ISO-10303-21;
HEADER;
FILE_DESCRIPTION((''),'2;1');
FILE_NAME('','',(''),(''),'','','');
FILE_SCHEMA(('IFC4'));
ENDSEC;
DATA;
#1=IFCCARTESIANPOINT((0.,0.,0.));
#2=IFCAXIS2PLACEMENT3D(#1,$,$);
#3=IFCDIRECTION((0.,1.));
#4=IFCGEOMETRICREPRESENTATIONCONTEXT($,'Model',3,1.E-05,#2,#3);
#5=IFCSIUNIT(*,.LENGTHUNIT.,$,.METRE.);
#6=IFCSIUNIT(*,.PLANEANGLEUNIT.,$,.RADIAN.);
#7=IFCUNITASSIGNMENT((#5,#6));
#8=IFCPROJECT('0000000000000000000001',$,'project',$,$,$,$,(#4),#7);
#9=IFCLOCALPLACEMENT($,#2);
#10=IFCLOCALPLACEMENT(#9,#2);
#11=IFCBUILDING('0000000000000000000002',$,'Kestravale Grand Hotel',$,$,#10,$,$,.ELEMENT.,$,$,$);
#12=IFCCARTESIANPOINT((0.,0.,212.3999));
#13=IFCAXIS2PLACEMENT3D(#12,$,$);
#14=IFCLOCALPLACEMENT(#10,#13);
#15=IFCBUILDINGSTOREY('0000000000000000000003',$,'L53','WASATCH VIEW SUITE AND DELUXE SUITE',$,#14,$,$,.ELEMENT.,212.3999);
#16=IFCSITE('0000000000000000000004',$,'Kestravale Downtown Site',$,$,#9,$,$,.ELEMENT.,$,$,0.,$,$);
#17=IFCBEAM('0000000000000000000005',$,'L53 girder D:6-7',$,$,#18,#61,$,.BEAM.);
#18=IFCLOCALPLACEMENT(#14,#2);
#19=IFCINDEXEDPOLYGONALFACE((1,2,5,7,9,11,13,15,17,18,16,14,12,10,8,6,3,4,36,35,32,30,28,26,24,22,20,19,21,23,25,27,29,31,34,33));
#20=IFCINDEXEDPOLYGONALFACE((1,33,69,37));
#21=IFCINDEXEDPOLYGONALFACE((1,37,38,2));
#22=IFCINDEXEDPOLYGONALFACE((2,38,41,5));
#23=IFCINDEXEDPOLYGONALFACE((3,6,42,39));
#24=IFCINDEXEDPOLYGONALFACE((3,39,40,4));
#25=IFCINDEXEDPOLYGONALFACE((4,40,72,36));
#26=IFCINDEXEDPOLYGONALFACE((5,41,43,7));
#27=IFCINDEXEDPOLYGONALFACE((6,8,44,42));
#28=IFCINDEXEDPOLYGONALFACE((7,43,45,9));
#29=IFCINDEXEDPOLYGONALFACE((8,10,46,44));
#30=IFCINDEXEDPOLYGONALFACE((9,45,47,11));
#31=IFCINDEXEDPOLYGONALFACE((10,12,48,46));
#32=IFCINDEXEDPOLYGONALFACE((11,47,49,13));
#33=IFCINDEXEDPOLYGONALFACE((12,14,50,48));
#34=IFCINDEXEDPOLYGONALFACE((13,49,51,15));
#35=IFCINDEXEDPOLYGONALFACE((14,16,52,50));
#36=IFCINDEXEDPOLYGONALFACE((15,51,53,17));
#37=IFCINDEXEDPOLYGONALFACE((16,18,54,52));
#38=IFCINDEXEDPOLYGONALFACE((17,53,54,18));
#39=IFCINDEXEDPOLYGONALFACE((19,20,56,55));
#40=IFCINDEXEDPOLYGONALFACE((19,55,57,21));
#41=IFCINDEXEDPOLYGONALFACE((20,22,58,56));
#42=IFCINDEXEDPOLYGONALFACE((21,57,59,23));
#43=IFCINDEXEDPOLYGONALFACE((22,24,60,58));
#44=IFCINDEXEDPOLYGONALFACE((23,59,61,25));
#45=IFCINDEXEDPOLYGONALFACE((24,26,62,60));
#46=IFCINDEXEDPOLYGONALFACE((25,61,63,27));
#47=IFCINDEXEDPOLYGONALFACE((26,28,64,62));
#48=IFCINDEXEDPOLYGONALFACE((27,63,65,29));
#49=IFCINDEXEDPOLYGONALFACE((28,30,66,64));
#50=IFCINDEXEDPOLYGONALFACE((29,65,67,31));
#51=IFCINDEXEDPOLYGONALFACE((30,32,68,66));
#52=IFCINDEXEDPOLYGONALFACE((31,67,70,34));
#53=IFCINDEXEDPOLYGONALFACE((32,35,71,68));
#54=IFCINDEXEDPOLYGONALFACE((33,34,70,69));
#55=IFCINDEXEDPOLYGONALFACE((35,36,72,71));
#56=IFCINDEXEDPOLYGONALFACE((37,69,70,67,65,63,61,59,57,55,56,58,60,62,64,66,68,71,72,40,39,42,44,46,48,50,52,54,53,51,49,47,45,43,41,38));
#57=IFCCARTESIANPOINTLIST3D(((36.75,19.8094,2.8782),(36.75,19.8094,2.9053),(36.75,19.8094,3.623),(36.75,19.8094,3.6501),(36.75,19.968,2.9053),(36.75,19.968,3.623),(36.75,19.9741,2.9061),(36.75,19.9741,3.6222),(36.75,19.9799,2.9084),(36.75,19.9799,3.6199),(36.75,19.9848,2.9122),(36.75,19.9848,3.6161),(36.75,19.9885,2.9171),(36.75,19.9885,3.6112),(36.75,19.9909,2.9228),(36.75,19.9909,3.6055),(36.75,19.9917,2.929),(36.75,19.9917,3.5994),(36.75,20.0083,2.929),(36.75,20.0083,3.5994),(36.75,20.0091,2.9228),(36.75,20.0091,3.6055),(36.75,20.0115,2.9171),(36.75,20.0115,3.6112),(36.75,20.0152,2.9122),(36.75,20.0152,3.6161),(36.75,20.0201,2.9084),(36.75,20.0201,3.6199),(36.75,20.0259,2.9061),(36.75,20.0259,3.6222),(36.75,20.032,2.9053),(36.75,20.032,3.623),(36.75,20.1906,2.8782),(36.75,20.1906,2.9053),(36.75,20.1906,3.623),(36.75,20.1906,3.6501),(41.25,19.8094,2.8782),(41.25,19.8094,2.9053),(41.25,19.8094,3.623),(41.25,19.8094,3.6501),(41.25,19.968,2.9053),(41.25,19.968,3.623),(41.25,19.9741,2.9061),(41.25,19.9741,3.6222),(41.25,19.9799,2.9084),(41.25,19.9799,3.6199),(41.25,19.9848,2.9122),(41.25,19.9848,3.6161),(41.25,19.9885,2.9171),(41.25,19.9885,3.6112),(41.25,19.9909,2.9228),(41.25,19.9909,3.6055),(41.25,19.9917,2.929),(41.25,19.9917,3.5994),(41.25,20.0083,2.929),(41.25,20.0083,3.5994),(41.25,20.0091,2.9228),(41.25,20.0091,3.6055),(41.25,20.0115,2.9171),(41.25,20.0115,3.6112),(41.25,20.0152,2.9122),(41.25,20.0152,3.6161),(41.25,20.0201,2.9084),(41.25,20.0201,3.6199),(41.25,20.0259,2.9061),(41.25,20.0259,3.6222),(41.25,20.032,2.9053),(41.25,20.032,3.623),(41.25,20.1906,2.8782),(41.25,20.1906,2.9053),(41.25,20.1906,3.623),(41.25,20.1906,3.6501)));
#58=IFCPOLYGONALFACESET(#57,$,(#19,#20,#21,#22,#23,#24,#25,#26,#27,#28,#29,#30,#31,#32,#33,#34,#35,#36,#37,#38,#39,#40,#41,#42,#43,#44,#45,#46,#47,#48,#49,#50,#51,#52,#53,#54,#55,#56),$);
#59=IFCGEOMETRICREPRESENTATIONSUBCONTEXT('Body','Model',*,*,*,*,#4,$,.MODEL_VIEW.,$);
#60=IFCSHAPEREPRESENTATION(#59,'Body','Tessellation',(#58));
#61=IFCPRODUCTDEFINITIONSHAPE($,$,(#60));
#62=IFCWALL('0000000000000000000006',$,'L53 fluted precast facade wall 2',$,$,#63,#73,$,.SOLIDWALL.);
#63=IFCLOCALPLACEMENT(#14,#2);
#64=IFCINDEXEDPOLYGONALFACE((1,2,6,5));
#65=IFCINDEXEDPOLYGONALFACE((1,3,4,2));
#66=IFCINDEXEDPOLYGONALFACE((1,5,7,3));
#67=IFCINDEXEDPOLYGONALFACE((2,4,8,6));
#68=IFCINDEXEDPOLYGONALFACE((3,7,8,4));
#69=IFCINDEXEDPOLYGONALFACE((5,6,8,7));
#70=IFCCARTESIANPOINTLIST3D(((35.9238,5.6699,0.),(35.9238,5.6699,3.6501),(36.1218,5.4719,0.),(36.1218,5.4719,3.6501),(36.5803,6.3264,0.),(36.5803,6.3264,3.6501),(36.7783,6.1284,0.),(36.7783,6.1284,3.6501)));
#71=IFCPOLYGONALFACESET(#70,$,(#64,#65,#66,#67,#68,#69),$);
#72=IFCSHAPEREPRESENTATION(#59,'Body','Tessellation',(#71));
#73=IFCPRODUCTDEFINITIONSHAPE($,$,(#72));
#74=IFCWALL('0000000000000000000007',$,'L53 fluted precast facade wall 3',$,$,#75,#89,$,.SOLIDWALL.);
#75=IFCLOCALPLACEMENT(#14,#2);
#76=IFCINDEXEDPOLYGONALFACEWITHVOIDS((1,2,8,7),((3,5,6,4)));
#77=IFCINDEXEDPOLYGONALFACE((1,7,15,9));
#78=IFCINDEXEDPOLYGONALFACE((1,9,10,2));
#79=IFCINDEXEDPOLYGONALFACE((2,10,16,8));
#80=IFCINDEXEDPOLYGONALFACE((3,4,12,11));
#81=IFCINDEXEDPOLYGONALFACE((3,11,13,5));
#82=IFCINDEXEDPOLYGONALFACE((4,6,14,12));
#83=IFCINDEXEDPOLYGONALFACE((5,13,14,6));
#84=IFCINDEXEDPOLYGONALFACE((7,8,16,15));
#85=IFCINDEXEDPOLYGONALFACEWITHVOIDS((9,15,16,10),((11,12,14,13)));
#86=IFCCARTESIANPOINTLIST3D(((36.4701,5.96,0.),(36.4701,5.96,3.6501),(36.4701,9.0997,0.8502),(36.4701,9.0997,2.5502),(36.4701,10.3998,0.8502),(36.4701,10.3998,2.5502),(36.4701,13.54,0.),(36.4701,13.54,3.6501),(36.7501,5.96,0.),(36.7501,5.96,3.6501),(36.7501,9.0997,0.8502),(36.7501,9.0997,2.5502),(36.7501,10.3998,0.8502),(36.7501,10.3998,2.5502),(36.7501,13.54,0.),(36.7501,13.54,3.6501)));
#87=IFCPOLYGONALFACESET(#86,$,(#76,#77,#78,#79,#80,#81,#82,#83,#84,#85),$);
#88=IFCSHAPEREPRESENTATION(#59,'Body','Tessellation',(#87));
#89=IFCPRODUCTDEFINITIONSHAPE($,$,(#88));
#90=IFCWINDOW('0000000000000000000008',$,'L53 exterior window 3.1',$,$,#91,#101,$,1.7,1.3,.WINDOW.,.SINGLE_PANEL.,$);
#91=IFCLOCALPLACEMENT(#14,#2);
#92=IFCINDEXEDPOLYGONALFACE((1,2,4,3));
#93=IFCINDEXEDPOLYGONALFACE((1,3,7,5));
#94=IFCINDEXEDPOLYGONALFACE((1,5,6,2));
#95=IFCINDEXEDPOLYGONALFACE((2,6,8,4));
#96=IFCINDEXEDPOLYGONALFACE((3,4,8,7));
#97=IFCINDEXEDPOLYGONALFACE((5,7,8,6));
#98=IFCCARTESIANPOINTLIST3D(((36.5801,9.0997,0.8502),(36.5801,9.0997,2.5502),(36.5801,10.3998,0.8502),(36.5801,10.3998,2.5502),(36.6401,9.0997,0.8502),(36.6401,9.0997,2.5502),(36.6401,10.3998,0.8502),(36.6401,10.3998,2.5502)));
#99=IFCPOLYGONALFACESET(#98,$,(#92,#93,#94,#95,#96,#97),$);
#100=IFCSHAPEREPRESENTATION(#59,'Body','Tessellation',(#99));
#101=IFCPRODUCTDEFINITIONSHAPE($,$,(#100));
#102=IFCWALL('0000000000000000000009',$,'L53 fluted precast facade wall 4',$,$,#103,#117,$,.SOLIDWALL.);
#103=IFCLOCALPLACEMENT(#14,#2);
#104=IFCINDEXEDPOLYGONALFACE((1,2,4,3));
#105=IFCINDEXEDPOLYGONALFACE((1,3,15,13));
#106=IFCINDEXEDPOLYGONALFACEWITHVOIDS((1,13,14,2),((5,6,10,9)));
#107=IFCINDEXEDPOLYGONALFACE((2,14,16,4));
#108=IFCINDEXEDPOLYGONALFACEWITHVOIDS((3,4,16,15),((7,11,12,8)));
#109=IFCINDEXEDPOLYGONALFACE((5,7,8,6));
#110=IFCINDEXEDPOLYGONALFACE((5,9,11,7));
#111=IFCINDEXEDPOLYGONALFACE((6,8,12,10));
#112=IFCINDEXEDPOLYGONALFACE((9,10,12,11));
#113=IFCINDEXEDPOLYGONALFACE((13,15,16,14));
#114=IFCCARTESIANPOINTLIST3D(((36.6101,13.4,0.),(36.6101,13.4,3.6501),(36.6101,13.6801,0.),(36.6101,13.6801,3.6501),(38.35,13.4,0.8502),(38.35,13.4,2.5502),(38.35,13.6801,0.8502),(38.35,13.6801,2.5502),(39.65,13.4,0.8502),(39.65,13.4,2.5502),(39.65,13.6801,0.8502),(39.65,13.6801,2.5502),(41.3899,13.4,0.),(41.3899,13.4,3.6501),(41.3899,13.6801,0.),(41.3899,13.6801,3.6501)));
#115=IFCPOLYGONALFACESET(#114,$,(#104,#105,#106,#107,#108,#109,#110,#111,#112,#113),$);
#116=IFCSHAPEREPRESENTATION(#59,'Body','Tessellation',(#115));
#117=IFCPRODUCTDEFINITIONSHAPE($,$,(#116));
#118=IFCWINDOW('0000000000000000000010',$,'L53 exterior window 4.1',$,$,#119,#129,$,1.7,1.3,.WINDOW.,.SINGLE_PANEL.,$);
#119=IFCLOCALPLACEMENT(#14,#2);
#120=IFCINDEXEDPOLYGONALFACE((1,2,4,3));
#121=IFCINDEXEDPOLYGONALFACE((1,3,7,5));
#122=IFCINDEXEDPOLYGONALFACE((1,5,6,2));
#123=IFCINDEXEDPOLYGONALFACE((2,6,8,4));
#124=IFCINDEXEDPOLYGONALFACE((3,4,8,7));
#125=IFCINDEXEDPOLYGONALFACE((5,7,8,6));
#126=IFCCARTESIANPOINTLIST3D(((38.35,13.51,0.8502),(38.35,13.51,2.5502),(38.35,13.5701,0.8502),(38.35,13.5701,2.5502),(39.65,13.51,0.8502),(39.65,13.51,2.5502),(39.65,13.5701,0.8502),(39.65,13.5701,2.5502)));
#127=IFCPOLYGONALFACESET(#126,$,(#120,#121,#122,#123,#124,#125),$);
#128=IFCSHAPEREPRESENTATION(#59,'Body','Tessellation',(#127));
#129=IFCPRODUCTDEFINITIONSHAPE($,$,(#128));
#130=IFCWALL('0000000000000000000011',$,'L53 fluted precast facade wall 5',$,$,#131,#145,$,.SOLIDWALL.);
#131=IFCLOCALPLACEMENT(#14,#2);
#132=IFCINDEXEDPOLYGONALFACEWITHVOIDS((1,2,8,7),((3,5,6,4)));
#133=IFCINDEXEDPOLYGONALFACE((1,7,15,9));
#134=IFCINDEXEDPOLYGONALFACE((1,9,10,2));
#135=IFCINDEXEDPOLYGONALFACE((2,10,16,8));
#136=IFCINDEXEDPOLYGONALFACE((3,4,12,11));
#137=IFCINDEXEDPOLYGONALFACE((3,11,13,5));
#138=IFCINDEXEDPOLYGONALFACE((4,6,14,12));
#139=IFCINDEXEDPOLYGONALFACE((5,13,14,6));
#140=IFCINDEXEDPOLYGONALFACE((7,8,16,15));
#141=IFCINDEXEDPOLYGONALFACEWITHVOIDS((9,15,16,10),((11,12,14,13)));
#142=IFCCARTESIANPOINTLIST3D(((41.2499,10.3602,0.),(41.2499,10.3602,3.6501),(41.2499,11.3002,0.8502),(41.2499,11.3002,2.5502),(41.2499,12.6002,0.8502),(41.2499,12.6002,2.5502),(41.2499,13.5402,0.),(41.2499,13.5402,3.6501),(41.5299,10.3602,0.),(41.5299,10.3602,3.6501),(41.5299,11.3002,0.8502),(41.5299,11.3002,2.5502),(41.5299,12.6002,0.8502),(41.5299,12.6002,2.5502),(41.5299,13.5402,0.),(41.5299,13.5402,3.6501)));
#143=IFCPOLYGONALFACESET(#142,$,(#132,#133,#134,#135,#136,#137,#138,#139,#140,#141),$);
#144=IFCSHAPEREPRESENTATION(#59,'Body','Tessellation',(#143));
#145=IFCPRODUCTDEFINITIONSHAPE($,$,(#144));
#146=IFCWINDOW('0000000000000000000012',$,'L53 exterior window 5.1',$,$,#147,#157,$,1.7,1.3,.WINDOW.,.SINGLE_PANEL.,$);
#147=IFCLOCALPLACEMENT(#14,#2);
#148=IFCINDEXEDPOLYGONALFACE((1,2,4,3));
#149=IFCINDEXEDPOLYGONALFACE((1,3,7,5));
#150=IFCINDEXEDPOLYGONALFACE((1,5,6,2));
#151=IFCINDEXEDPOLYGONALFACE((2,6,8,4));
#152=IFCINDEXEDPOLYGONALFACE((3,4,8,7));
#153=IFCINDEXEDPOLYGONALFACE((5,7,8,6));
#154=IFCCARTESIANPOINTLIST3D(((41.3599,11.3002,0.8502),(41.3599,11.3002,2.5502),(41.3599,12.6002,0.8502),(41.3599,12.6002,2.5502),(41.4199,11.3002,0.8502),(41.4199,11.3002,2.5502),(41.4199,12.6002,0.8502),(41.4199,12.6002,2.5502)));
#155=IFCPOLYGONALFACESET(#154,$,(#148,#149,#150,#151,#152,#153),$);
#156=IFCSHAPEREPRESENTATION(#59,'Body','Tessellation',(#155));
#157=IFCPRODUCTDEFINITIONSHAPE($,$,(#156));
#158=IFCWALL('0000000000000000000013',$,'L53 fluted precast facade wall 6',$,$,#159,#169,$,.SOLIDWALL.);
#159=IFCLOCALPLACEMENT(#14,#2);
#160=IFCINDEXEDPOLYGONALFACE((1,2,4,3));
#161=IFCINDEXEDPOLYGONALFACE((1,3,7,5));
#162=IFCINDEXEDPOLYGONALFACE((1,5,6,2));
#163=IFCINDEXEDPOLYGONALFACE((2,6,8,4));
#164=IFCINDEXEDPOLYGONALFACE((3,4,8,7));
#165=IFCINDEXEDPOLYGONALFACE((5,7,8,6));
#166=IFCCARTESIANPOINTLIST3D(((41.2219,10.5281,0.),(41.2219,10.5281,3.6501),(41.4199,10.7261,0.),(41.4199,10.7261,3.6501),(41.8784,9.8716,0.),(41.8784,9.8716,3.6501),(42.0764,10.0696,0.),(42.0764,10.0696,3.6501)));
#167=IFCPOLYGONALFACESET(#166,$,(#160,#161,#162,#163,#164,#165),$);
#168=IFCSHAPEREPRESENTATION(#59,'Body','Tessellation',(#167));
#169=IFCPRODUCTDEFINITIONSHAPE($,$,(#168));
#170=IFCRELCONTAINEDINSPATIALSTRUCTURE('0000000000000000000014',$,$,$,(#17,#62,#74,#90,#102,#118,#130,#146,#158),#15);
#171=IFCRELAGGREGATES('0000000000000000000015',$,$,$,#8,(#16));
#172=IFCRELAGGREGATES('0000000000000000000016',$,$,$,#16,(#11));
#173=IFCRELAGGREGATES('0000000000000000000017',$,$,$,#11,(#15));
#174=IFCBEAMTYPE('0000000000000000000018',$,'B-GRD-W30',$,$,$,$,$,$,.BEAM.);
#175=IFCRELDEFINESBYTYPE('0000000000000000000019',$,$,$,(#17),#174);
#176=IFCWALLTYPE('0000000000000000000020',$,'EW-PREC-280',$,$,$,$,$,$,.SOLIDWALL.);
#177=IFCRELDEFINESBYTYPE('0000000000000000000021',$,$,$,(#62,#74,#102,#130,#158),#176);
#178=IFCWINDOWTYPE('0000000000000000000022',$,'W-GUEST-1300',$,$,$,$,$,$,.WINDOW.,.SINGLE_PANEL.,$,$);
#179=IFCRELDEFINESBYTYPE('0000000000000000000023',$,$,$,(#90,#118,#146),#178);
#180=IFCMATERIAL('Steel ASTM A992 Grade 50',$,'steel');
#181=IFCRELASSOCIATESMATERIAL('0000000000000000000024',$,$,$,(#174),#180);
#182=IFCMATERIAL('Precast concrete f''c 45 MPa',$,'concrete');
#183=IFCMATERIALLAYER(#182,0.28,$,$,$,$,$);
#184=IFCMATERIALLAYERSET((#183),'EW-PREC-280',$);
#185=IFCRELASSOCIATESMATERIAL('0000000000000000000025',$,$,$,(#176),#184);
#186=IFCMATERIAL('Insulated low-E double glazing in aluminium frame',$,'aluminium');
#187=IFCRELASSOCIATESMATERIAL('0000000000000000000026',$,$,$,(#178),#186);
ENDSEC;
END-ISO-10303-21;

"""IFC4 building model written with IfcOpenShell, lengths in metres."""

from ifc_helpers import new_model, si_unit, direction, frame, frame_2d, origin, origin_2d, place, context, subcontext, project, spatial, rectangle, i_section, extrude, material, layer, layer_set, material_profile, profile_set, type_object, element, fill, save


model = new_model("IFC4")

# Units and contexts
model_context = context("Model", 3, precision=1e-05, world=origin(), true_north=direction((0.0, 1.0)))
body_context = subcontext(model_context, "Body", "Model", "MODEL_VIEW")
ifc_project = project(units=[si_unit("LENGTHUNIT", "METRE"), si_unit("PLANEANGLEUNIT", "RADIAN")], contexts=[model_context])

# Site, building, storey
site_placement = place(None, origin())
site = spatial("IfcSite", under=ifc_project, at=site_placement, Name="Kestravale Downtown Site", CompositionType="ELEMENT", RefElevation=0.0)
building_placement = place(site_placement, origin())
building = spatial("IfcBuilding", under=site, at=building_placement, Name="Kestravale Grand Hotel", CompositionType="ELEMENT")
storey_placement = place(building_placement, frame((0.0, 0.0, 212.3999)))
storey = spatial("IfcBuildingStorey", under=building, at=storey_placement, Name="L53", Description="WASATCH VIEW SUITE AND DELUXE SUITE", CompositionType="ELEMENT", Elevation=212.3999)

# Beam
ifc_material_1 = material(Name="Steel ASTM A992 Grade 50", Category="steel")
ifc_material_profile_1 = material_profile(ifc_material_1, i_section(OverallWidth=0.3811, OverallDepth=0.772, WebThickness=0.0166, FlangeThickness=0.0271, FilletRadius=0.0237, at=origin_2d()))
ifc_profile_set_1 = profile_set([ifc_material_profile_1], Name="Steel ASTM A992 Grade 50")
beam_type_1 = type_object("IfcBeamType", Name="B-GRD-W30", PredefinedType="BEAM", material=ifc_profile_set_1)
beam_1_placement = place(storey_placement, frame((36.75, 20.0, 3.2642), z_axis=(1.0, 0.0, 0.0), x_axis=(0.0, 1.0, 0.0)))
element("IfcBeam", 1, at=beam_1_placement, inside=storey, type_object=beam_type_1, Name="L53 girder D:6-7", PredefinedType="BEAM", context=body_context, shape_type="SweptSolid", body=[
    extrude(i_section(OverallWidth=0.3811, OverallDepth=0.772, WebThickness=0.0166, FlangeThickness=0.0271, FilletRadius=0.0237, at=origin_2d()), origin(), (0.0, 0.0, 1.0), 4.5),
])

# Wall
ifc_material_2 = material(Name="Precast concrete f'c 45 MPa", Category="concrete")
ifc_layer_1 = layer(ifc_material_2, 0.28)
ifc_layer_set_1 = layer_set([ifc_layer_1], Name="EW-PREC-280")
wall_type_1 = type_object("IfcWallType", Name="EW-PREC-280", PredefinedType="SOLIDWALL", material=ifc_layer_set_1)
wall_1_placement = place(storey_placement, frame((36.0227, 5.5708, 0.0), z_axis=(0.0, 0.0, 1.0), x_axis=(0.707107, 0.707107, 0.0)))
element("IfcWall", 2, at=wall_1_placement, inside=storey, type_object=wall_type_1, Name="L53 fluted precast facade wall 2", PredefinedType="SOLIDWALL", context=body_context, shape_type="SweptSolid", body=[
    extrude(rectangle(XDim=0.9285, YDim=0.28, at=frame_2d((0.4644, 0.0))), origin(), (0.0, 0.0, 1.0), 3.6501),
])

# Walls, openings, windows
wall_2_placement = place(storey_placement, frame((36.6101, 5.96, 0.0), z_axis=(0.0, 0.0, 1.0), x_axis=(0.0, 1.0, 0.0)))
wall_2 = element("IfcWall", 3, at=wall_2_placement, inside=storey, type_object=wall_type_1, Name="L53 fluted precast facade wall 3", PredefinedType="SOLIDWALL", context=body_context, shape_type="SweptSolid", body=[
    extrude(rectangle(XDim=7.5801, YDim=0.28, at=frame_2d((3.79, 0.0))), origin(), (0.0, 0.0, 1.0), 3.6501),
])
opening_1_placement = place(wall_2_placement, frame((3.1399, 0.0, 0.8501)))
opening_1 = element("IfcOpeningElement", 4, at=opening_1_placement, cuts=wall_2, PredefinedType="OPENING", context=body_context, shape_type="SweptSolid", body=[
    extrude(rectangle(XDim=1.3, YDim=1.7, at=frame_2d((0.6499, 0.8501))), frame((0.0, 0.1499, 0.0), z_axis=(0.0, -1.0, 0.0), x_axis=(1.0, 0.0, 0.0)), (0.0, 0.0, 1.0), 0.3),
])
ifc_material_3 = material(Name="Insulated low-E double glazing in aluminium frame", Category="aluminium")
window_type = type_object("IfcWindowType", Name="W-GUEST-1300", PartitioningType="SINGLE_PANEL", PredefinedType="WINDOW", material=ifc_material_3)
window_1_placement = place(opening_1_placement, origin())
window_1 = element("IfcWindow", 5, at=window_1_placement, inside=storey, type_object=window_type, Name="L53 exterior window 3.1", OverallHeight=1.7, OverallWidth=1.3, PartitioningType="SINGLE_PANEL", PredefinedType="WINDOW", context=body_context, shape_type="SweptSolid", body=[
    extrude(rectangle(XDim=1.3, YDim=1.7, at=frame_2d((0.6499, 0.8501))), frame((0.0, 0.03, 0.0), z_axis=(0.0, -1.0, 0.0), x_axis=(1.0, 0.0, 0.0)), (0.0, 0.0, 1.0), 0.0601),
])
fill(opening_1, window_1)
wall_3_placement = place(storey_placement, frame((36.6101, 13.54, 0.0), z_axis=(0.0, 0.0, 1.0), x_axis=(1.0, 0.0, 0.0)))
wall_3 = element("IfcWall", 6, at=wall_3_placement, inside=storey, type_object=wall_type_1, Name="L53 fluted precast facade wall 4", PredefinedType="SOLIDWALL", context=body_context, shape_type="SweptSolid", body=[
    extrude(rectangle(XDim=4.7798, YDim=0.28, at=frame_2d((2.3899, 0.0))), origin(), (0.0, 0.0, 1.0), 3.6501),
])
opening_2_placement = place(wall_3_placement, frame((1.74, 0.0, 0.8501)))
opening_2 = element("IfcOpeningElement", 7, at=opening_2_placement, cuts=wall_3, PredefinedType="OPENING", context=body_context, shape_type="SweptSolid", body=[
    extrude(rectangle(XDim=1.3, YDim=1.7, at=frame_2d((0.6499, 0.8501))), frame((0.0, 0.1499, 0.0), z_axis=(0.0, -1.0, 0.0), x_axis=(1.0, 0.0, 0.0)), (0.0, 0.0, 1.0), 0.3),
])
window_2_placement = place(opening_2_placement, origin())
window_2 = element("IfcWindow", 8, at=window_2_placement, inside=storey, type_object=window_type, Name="L53 exterior window 4.1", OverallHeight=1.7, OverallWidth=1.3, PartitioningType="SINGLE_PANEL", PredefinedType="WINDOW", context=body_context, shape_type="SweptSolid", body=[
    extrude(rectangle(XDim=1.3, YDim=1.7, at=frame_2d((0.6499, 0.8501))), frame((0.0, 0.03, 0.0), z_axis=(0.0, -1.0, 0.0), x_axis=(1.0, 0.0, 0.0)), (0.0, 0.0, 1.0), 0.0601),
])
fill(opening_2, window_2)
wall_4_placement = place(storey_placement, frame((41.3899, 13.54, 0.0), z_axis=(0.0, 0.0, 1.0), x_axis=(0.0, -1.0, 0.0)))
wall_4 = element("IfcWall", 9, at=wall_4_placement, inside=storey, type_object=wall_type_1, Name="L53 fluted precast facade wall 5", PredefinedType="SOLIDWALL", context=body_context, shape_type="SweptSolid", body=[
    extrude(rectangle(XDim=3.1799, YDim=0.28, at=frame_2d((1.5898, 0.0))), origin(), (0.0, 0.0, 1.0), 3.6501),
])
opening_3_placement = place(wall_4_placement, frame((0.9399, 0.0, 0.8501)))
opening_3 = element("IfcOpeningElement", 10, at=opening_3_placement, cuts=wall_4, PredefinedType="OPENING", context=body_context, shape_type="SweptSolid", body=[
    extrude(rectangle(XDim=1.3, YDim=1.7, at=frame_2d((0.6499, 0.8501))), frame((0.0, 0.1499, 0.0), z_axis=(0.0, -1.0, 0.0), x_axis=(1.0, 0.0, 0.0)), (0.0, 0.0, 1.0), 0.3),
])
window_3_placement = place(opening_3_placement, origin())
window_3 = element("IfcWindow", 11, at=window_3_placement, inside=storey, type_object=window_type, Name="L53 exterior window 5.1", OverallHeight=1.7, OverallWidth=1.3, PartitioningType="SINGLE_PANEL", PredefinedType="WINDOW", context=body_context, shape_type="SweptSolid", body=[
    extrude(rectangle(XDim=1.3, YDim=1.7, at=frame_2d((0.6499, 0.8501))), frame((0.0, 0.03, 0.0), z_axis=(0.0, -1.0, 0.0), x_axis=(1.0, 0.0, 0.0)), (0.0, 0.0, 1.0), 0.0601),
])
fill(opening_3, window_3)

# Wall
wall_5_placement = place(storey_placement, frame((41.3208, 10.6272, 0.0), z_axis=(0.0, 0.0, 1.0), x_axis=(0.707107, -0.707107, 0.0)))
element("IfcWall", 12, at=wall_5_placement, inside=storey, type_object=wall_type_1, Name="L53 fluted precast facade wall 6", PredefinedType="SOLIDWALL", context=body_context, shape_type="SweptSolid", body=[
    extrude(rectangle(XDim=0.9285, YDim=0.28, at=frame_2d((0.4644, 0.0))), origin(), (0.0, 0.0, 1.0), 3.6501),
])

save(model, "model.ifc")
